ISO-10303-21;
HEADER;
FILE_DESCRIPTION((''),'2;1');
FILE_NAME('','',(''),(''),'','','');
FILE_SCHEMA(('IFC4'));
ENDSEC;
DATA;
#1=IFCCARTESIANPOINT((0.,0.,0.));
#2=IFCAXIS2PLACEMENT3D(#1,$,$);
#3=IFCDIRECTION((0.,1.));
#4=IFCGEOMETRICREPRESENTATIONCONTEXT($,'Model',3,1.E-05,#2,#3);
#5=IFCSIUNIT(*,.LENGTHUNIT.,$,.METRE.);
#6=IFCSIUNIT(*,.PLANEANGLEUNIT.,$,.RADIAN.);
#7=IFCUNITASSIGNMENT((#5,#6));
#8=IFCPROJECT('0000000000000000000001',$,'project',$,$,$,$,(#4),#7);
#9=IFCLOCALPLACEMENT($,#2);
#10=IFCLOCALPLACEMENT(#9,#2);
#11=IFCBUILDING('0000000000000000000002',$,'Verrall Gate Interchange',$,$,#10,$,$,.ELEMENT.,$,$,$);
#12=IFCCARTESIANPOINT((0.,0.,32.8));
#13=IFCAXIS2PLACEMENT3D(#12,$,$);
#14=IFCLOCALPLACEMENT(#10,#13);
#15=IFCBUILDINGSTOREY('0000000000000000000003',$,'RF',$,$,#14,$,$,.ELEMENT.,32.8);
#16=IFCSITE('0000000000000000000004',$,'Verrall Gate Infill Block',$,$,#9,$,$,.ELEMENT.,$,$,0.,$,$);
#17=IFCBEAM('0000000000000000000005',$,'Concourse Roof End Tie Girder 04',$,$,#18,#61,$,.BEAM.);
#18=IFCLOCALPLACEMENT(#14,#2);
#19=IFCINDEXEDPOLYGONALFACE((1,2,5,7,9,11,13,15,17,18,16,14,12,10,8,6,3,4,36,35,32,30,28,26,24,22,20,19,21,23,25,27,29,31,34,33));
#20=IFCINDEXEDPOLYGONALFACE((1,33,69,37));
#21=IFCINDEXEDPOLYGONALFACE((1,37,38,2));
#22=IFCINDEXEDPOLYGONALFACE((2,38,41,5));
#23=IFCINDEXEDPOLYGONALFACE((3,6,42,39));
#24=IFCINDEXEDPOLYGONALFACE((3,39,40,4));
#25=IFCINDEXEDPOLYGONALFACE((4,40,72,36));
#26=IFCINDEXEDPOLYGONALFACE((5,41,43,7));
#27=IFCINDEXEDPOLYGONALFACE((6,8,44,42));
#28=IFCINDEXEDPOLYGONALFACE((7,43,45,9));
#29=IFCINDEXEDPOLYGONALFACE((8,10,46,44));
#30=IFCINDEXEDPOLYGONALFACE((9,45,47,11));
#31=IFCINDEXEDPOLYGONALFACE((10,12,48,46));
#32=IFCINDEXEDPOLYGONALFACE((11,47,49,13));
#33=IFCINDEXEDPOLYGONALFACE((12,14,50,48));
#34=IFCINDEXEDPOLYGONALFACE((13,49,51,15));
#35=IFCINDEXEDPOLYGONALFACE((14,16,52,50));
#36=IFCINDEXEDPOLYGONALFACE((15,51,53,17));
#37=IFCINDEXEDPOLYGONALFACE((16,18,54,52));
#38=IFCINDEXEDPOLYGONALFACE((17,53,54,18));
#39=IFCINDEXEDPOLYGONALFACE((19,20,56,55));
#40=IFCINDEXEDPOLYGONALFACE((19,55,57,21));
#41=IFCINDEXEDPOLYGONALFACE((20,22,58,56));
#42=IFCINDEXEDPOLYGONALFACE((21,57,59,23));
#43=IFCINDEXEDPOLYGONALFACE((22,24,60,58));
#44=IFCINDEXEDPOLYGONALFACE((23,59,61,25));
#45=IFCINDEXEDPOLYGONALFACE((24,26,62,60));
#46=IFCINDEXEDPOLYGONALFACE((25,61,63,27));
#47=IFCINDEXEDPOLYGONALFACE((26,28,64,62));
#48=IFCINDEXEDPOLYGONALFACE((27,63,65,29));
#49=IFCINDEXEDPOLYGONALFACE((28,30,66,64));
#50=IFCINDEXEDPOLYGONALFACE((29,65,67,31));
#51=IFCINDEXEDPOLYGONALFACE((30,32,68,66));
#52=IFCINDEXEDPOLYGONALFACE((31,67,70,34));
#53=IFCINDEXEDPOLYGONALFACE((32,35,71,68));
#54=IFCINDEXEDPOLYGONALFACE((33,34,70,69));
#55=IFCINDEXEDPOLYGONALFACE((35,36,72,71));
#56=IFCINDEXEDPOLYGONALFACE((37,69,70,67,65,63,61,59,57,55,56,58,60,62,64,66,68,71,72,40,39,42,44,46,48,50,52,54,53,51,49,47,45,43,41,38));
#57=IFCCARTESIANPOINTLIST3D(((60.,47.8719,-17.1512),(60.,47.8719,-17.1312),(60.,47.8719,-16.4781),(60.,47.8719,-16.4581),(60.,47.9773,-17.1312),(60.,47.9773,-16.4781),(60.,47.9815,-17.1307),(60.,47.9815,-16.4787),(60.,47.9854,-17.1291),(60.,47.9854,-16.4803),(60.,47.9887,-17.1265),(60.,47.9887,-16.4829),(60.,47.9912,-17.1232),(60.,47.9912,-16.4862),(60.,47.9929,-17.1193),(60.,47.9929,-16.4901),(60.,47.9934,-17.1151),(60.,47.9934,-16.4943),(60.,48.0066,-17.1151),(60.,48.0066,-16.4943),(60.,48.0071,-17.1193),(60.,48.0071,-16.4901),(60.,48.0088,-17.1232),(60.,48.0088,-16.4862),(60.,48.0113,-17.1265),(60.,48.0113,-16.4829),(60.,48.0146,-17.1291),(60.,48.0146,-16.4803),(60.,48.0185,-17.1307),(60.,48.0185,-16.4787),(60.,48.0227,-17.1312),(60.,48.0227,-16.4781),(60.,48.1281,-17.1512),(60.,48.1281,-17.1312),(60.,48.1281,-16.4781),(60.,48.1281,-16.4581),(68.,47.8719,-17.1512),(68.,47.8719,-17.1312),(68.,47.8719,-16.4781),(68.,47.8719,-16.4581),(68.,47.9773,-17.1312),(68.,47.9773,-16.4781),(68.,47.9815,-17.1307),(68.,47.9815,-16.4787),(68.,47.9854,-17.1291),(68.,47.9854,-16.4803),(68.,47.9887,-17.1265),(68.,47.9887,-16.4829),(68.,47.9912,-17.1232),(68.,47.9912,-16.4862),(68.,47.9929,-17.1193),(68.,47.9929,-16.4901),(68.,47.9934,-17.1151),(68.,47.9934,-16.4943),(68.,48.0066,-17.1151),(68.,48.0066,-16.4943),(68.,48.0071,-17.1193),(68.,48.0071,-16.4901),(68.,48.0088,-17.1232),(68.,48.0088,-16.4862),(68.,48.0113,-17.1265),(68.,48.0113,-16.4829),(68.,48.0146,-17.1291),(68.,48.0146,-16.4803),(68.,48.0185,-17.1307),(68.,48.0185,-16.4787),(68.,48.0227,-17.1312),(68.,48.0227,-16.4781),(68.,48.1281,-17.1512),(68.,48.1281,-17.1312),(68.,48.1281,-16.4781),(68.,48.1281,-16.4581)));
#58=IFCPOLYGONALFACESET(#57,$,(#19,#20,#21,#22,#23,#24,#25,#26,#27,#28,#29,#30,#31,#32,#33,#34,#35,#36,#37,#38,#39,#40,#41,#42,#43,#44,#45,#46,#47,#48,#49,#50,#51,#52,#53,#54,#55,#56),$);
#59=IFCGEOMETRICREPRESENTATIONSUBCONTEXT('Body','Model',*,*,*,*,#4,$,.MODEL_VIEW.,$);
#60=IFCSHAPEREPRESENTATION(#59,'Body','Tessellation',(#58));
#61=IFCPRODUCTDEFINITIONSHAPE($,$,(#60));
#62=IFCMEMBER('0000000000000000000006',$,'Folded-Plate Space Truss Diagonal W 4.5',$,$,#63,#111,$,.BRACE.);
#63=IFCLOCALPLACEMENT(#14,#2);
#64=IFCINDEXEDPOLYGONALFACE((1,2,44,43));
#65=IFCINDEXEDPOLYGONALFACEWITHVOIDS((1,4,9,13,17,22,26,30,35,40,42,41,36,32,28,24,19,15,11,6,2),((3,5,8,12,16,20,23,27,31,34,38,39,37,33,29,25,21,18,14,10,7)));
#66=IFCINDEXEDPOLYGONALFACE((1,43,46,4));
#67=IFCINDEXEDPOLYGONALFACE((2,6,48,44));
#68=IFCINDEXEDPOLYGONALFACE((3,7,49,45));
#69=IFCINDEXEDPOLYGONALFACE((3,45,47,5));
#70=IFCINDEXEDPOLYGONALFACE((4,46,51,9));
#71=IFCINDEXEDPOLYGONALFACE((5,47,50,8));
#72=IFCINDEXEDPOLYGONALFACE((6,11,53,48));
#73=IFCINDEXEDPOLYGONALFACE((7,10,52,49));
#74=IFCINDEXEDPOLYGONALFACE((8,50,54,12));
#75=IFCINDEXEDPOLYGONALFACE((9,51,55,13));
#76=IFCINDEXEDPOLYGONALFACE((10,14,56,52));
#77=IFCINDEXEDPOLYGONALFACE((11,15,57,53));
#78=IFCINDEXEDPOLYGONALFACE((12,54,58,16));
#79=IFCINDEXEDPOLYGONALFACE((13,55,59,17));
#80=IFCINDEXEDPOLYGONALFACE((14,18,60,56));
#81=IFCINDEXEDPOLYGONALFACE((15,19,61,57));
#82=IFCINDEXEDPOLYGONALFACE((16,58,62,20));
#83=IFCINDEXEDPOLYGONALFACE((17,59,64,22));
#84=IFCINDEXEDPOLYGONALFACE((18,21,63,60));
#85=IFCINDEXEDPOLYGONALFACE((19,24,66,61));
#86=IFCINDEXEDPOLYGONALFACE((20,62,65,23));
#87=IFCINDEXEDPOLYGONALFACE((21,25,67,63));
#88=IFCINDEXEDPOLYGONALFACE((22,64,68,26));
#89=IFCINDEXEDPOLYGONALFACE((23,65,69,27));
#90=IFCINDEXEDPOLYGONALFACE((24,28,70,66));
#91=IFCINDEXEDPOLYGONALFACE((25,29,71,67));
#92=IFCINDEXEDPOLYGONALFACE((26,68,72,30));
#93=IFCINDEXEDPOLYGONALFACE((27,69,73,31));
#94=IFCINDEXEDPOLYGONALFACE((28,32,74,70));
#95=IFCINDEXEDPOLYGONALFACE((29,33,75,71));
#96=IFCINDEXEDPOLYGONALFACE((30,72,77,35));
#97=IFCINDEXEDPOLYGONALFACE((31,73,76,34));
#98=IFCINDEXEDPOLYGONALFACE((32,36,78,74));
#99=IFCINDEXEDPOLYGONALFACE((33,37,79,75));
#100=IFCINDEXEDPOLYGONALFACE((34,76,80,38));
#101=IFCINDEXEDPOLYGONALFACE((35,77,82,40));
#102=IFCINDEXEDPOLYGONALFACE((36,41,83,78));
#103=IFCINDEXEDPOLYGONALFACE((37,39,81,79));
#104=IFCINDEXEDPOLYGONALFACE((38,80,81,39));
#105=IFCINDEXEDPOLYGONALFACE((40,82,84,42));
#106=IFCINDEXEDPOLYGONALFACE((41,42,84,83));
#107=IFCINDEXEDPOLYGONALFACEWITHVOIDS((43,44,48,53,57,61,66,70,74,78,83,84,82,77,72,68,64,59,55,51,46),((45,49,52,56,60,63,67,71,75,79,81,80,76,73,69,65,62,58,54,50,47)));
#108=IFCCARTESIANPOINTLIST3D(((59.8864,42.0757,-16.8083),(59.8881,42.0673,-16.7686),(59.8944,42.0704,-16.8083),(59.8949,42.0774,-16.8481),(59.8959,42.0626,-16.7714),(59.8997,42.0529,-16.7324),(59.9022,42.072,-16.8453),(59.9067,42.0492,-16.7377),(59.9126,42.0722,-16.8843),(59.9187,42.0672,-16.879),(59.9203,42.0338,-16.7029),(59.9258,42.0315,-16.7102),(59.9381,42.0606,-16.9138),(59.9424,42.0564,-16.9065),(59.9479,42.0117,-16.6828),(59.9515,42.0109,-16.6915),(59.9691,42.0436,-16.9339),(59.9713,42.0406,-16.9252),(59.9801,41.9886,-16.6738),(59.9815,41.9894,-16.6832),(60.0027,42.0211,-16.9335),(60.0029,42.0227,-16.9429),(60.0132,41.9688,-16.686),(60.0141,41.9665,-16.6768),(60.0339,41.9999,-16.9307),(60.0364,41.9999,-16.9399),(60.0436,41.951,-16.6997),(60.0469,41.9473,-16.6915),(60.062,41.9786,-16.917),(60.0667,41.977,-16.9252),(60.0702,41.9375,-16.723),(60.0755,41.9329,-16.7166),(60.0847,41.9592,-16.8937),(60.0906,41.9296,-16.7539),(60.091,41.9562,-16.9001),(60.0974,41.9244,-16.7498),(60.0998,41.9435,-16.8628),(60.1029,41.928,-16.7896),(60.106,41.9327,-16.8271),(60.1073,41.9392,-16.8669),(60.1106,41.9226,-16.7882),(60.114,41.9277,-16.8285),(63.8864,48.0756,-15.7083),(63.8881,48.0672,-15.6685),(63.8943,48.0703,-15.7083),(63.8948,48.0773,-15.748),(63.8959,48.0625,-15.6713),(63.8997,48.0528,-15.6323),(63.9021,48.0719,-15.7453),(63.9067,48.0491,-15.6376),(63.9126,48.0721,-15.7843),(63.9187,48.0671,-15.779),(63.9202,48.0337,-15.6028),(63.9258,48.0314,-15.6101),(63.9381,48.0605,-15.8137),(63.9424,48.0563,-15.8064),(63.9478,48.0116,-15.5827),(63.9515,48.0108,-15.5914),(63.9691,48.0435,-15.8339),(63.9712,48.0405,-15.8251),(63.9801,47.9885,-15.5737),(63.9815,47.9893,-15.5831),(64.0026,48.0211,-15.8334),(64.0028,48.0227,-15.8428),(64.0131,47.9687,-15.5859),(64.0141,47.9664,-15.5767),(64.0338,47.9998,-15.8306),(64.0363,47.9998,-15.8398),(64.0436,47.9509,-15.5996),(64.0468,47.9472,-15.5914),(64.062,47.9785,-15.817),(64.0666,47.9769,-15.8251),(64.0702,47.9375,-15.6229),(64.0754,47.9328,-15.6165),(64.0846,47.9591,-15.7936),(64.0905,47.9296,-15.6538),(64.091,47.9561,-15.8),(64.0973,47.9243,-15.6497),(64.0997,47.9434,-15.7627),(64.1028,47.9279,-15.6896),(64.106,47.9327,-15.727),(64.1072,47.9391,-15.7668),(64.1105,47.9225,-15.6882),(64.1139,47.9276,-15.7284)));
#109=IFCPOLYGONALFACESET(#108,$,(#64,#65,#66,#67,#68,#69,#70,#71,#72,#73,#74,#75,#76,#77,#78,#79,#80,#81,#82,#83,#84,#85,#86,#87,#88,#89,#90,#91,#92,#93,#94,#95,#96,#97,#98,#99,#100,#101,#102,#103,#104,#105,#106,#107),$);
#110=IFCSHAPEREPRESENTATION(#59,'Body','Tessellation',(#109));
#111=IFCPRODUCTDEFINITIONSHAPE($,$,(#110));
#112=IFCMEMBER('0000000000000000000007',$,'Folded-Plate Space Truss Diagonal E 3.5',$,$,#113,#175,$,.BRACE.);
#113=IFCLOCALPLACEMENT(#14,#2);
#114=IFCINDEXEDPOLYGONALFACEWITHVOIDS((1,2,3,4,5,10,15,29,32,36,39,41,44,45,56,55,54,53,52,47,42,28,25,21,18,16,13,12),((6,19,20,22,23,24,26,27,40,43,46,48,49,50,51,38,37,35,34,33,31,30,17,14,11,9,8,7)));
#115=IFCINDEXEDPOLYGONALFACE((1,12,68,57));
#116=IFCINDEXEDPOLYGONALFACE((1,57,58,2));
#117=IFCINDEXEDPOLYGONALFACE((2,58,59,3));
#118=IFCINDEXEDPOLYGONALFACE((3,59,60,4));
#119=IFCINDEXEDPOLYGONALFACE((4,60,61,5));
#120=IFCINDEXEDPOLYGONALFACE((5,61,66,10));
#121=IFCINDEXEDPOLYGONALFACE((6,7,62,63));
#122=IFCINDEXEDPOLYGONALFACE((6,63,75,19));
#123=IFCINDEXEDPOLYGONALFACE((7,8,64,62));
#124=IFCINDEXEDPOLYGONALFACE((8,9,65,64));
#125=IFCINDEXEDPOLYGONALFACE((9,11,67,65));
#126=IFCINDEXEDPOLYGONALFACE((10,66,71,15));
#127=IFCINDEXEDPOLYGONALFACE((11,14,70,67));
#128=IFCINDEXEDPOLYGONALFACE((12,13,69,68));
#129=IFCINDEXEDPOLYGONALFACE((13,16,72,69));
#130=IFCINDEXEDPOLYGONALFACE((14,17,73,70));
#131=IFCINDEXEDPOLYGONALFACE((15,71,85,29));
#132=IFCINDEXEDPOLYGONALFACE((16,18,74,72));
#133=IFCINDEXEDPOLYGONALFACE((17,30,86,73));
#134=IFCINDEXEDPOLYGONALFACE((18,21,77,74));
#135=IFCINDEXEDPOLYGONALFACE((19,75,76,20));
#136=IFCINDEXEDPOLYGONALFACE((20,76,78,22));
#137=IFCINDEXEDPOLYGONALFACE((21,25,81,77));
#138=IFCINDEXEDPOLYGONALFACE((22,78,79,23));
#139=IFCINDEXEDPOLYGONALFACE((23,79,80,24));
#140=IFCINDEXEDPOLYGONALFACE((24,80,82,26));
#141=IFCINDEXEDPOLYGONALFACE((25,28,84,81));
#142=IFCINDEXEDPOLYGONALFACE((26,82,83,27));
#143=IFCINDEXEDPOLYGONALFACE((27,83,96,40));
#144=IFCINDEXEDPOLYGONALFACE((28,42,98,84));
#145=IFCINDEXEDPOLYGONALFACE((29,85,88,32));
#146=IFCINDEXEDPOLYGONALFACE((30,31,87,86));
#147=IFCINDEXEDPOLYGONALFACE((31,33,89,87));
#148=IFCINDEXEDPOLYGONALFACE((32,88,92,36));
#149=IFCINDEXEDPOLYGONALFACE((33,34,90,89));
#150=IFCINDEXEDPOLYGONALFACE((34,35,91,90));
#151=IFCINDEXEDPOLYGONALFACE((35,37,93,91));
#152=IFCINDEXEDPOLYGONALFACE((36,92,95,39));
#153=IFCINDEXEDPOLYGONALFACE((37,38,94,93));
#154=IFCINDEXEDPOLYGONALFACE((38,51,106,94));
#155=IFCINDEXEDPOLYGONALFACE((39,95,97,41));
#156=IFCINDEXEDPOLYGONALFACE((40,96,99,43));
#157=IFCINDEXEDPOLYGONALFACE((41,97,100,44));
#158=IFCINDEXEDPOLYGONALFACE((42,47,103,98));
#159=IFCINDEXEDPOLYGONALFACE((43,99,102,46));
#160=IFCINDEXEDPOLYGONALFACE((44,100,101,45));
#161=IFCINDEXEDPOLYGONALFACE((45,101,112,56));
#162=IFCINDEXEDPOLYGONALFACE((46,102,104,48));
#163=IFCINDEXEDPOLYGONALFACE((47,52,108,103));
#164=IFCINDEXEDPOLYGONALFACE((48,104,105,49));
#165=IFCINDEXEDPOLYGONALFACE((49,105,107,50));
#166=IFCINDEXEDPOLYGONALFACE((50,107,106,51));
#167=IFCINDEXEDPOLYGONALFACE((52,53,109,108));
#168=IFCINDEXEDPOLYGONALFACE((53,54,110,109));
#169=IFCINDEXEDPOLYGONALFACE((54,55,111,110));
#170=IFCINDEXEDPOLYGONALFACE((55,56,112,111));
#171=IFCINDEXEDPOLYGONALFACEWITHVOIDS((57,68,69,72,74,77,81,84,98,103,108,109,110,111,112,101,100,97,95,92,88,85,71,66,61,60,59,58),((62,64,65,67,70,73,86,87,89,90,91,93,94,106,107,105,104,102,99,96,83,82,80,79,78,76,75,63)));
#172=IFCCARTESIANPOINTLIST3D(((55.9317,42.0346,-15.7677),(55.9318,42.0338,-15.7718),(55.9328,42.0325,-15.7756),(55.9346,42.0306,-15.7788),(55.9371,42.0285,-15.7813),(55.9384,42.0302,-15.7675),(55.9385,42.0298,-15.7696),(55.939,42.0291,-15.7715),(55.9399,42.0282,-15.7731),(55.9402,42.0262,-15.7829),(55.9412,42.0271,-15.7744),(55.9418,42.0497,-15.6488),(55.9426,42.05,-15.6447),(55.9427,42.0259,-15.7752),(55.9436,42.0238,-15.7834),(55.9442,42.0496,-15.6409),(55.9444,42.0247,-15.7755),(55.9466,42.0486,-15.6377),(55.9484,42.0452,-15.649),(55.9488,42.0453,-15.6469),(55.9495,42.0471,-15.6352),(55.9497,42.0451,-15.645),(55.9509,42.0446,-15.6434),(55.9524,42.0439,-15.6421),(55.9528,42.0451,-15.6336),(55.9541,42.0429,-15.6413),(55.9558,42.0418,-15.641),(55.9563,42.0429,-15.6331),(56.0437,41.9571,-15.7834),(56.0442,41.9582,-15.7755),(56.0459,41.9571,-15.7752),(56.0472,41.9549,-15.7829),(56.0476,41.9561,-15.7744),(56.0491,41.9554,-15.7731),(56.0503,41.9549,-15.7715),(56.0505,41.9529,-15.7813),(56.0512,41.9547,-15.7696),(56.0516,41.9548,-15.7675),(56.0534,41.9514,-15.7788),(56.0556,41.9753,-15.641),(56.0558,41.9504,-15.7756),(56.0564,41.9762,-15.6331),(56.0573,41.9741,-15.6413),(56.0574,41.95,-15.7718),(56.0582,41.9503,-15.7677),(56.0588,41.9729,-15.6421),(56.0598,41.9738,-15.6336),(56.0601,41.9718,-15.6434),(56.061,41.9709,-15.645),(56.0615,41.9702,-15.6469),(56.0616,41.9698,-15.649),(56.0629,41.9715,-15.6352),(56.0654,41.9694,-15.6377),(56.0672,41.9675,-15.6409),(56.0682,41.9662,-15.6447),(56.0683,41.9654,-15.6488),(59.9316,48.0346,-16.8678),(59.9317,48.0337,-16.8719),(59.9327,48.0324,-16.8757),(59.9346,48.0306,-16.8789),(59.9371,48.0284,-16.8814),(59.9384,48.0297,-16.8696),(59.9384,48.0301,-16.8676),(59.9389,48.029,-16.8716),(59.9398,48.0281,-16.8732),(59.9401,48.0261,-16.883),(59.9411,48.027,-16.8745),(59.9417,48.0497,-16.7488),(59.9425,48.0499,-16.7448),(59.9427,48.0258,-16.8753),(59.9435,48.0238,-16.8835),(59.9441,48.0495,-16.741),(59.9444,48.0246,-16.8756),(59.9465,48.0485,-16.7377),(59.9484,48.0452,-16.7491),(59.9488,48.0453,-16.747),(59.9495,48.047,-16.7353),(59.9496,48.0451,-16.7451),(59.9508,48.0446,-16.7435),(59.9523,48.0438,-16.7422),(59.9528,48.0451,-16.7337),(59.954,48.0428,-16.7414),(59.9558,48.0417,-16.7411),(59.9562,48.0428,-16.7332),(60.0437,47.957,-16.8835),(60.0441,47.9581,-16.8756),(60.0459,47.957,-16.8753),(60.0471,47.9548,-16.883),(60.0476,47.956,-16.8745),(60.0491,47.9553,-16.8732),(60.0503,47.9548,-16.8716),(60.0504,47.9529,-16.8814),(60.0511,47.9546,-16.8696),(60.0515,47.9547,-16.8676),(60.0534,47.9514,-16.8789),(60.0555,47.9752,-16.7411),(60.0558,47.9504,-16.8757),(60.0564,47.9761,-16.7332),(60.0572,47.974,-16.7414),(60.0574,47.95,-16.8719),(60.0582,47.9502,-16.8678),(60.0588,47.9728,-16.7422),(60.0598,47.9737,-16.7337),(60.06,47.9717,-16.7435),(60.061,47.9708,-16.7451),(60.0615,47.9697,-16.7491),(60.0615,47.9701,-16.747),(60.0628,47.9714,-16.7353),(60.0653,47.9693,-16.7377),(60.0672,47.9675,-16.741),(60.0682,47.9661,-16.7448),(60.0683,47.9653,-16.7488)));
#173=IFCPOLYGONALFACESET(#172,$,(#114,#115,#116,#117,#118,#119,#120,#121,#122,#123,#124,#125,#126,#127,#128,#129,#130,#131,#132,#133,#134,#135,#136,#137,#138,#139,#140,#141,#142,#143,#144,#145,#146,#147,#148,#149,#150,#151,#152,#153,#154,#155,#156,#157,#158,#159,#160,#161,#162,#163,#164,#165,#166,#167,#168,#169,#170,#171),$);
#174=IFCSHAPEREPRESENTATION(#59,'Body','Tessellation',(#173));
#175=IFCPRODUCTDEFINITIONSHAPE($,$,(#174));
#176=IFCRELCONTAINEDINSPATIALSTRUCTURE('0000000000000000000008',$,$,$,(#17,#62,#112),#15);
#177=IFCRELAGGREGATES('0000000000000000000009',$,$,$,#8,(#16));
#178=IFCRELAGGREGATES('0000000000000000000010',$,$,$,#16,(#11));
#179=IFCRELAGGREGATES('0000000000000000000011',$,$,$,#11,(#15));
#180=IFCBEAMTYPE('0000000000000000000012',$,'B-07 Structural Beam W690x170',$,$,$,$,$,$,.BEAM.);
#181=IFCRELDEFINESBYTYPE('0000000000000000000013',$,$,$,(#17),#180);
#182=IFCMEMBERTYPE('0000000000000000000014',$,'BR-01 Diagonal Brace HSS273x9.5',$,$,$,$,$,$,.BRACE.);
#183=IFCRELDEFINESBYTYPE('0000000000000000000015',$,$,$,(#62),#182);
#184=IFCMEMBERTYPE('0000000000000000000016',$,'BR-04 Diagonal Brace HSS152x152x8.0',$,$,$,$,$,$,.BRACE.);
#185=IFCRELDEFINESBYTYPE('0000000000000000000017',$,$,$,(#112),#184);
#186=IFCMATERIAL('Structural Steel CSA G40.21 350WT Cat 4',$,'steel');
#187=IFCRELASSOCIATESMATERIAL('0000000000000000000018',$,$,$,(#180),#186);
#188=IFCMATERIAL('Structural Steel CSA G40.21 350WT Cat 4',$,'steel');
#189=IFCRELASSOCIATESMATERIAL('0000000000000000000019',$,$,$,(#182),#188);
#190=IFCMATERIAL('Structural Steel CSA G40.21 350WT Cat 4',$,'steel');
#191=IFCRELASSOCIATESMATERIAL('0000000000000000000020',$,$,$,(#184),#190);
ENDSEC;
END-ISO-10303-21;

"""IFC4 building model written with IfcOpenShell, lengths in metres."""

from ifc_helpers import new_model, si_unit, direction, frame, origin, origin_2d, place, context, subcontext, project, spatial, hollow_rectangle, hollow_circle, i_section, extrude, material, material_profile, profile_set, type_object, element, save


model = new_model("IFC4")

# Units and contexts
model_context = context("Model", 3, precision=1e-05, world=origin(), true_north=direction((0.0, 1.0)))
body_context = subcontext(model_context, "Body", "Model", "MODEL_VIEW")
ifc_project = project(units=[si_unit("LENGTHUNIT", "METRE"), si_unit("PLANEANGLEUNIT", "RADIAN")], contexts=[model_context])

# Site, building, storey
site_placement = place(None, origin())
site = spatial("IfcSite", under=ifc_project, at=site_placement, Name="Verrall Gate Infill Block", CompositionType="ELEMENT", RefElevation=0.0)
building_placement = place(site_placement, origin())
building = spatial("IfcBuilding", under=site, at=building_placement, Name="Verrall Gate Interchange", CompositionType="ELEMENT")
storey_placement = place(building_placement, frame((0.0, 0.0, 32.8)))
storey = spatial("IfcBuildingStorey", under=building, at=storey_placement, Name="RF", CompositionType="ELEMENT", Elevation=32.8)

# Beam
ifc_material_1 = material(Name="Structural Steel CSA G40.21 350WT Cat 4", Category="steel")
ifc_material_profile_1 = material_profile(ifc_material_1, i_section(OverallWidth=0.2561, OverallDepth=0.6931, WebThickness=0.0132, FlangeThickness=0.02, FilletRadius=0.0161, at=origin_2d()), Name="W690x170")
ifc_profile_set_1 = profile_set([ifc_material_profile_1], Name="Structural Steel CSA G40.21 350WT Cat 4")
beam_type = type_object("IfcBeamType", Name="B-07 Structural Beam W690x170", PredefinedType="BEAM", material=ifc_profile_set_1)
beam_placement = place(storey_placement, frame((60.0, 48.0, -16.8047), z_axis=(1.0, 0.0, 0.0), x_axis=(0.0, 1.0, 0.0)))
element("IfcBeam", 1, at=beam_placement, inside=storey, type_object=beam_type, Name="Concourse Roof End Tie Girder 04", PredefinedType="BEAM", context=body_context, shape_type="SweptSolid", body=[
    extrude(i_section(OverallWidth=0.2561, OverallDepth=0.6931, WebThickness=0.0132, FlangeThickness=0.02, FilletRadius=0.0161, at=origin_2d()), origin(), (0.0, 0.0, 1.0), 8.0),
])

# Members
ifc_material_2 = material(Name="Structural Steel CSA G40.21 350WT Cat 4", Category="steel")
ifc_material_profile_2 = material_profile(ifc_material_2, hollow_circle(Radius=0.1365, WallThickness=0.0095, at=origin_2d()), Name="HSS273x9.5")
ifc_profile_set_2 = profile_set([ifc_material_profile_2], Name="Structural Steel CSA G40.21 350WT Cat 4")
member_type_1 = type_object("IfcMemberType", Name="BR-01 Diagonal Brace HSS273x9.5", PredefinedType="BRACE", material=ifc_profile_set_2)
member_1_placement = place(storey_placement, frame((60.0, 42.0, -16.8083), z_axis=(0.548356, 0.822534, 0.150811), x_axis=(-0.83205, 0.5547, 0.0)))
element("IfcMember", 2, at=member_1_placement, inside=storey, type_object=member_type_1, Name="Folded-Plate Space Truss Diagonal W 4.5", PredefinedType="BRACE", context=body_context, shape_type="SweptSolid", body=[
    extrude(hollow_circle(Radius=0.1365, WallThickness=0.0095, at=origin_2d()), origin(), (0.0, 0.0, 1.0), 7.2944),
])
ifc_material_3 = material(Name="Structural Steel CSA G40.21 350WT Cat 4", Category="steel")
ifc_material_profile_3 = material_profile(ifc_material_3, hollow_rectangle(XDim=0.1521, YDim=0.1521, WallThickness=0.0081, InnerFilletRadius=0.0081, OuterFilletRadius=0.0159, at=origin_2d()), Name="HSS152x152x8.0")
ifc_profile_set_3 = profile_set([ifc_material_profile_3], Name="Structural Steel CSA G40.21 350WT Cat 4")
member_type_2 = type_object("IfcMemberType", Name="BR-04 Diagonal Brace HSS152x152x8.0", PredefinedType="BRACE", material=ifc_profile_set_3)
member_2_placement = place(storey_placement, frame((56.0, 42.0, -15.7083), z_axis=(0.548356, 0.822534, -0.150811), x_axis=(-0.83205, 0.5547, 0.0)))
element("IfcMember", 3, at=member_2_placement, inside=storey, type_object=member_type_2, Name="Folded-Plate Space Truss Diagonal E 3.5", PredefinedType="BRACE", context=body_context, shape_type="SweptSolid", body=[
    extrude(hollow_rectangle(XDim=0.1521, YDim=0.1521, WallThickness=0.0081, InnerFilletRadius=0.0081, OuterFilletRadius=0.0159, at=origin_2d()), origin(), (0.0, 0.0, 1.0), 7.2944),
])

save(model, "model.ifc")
